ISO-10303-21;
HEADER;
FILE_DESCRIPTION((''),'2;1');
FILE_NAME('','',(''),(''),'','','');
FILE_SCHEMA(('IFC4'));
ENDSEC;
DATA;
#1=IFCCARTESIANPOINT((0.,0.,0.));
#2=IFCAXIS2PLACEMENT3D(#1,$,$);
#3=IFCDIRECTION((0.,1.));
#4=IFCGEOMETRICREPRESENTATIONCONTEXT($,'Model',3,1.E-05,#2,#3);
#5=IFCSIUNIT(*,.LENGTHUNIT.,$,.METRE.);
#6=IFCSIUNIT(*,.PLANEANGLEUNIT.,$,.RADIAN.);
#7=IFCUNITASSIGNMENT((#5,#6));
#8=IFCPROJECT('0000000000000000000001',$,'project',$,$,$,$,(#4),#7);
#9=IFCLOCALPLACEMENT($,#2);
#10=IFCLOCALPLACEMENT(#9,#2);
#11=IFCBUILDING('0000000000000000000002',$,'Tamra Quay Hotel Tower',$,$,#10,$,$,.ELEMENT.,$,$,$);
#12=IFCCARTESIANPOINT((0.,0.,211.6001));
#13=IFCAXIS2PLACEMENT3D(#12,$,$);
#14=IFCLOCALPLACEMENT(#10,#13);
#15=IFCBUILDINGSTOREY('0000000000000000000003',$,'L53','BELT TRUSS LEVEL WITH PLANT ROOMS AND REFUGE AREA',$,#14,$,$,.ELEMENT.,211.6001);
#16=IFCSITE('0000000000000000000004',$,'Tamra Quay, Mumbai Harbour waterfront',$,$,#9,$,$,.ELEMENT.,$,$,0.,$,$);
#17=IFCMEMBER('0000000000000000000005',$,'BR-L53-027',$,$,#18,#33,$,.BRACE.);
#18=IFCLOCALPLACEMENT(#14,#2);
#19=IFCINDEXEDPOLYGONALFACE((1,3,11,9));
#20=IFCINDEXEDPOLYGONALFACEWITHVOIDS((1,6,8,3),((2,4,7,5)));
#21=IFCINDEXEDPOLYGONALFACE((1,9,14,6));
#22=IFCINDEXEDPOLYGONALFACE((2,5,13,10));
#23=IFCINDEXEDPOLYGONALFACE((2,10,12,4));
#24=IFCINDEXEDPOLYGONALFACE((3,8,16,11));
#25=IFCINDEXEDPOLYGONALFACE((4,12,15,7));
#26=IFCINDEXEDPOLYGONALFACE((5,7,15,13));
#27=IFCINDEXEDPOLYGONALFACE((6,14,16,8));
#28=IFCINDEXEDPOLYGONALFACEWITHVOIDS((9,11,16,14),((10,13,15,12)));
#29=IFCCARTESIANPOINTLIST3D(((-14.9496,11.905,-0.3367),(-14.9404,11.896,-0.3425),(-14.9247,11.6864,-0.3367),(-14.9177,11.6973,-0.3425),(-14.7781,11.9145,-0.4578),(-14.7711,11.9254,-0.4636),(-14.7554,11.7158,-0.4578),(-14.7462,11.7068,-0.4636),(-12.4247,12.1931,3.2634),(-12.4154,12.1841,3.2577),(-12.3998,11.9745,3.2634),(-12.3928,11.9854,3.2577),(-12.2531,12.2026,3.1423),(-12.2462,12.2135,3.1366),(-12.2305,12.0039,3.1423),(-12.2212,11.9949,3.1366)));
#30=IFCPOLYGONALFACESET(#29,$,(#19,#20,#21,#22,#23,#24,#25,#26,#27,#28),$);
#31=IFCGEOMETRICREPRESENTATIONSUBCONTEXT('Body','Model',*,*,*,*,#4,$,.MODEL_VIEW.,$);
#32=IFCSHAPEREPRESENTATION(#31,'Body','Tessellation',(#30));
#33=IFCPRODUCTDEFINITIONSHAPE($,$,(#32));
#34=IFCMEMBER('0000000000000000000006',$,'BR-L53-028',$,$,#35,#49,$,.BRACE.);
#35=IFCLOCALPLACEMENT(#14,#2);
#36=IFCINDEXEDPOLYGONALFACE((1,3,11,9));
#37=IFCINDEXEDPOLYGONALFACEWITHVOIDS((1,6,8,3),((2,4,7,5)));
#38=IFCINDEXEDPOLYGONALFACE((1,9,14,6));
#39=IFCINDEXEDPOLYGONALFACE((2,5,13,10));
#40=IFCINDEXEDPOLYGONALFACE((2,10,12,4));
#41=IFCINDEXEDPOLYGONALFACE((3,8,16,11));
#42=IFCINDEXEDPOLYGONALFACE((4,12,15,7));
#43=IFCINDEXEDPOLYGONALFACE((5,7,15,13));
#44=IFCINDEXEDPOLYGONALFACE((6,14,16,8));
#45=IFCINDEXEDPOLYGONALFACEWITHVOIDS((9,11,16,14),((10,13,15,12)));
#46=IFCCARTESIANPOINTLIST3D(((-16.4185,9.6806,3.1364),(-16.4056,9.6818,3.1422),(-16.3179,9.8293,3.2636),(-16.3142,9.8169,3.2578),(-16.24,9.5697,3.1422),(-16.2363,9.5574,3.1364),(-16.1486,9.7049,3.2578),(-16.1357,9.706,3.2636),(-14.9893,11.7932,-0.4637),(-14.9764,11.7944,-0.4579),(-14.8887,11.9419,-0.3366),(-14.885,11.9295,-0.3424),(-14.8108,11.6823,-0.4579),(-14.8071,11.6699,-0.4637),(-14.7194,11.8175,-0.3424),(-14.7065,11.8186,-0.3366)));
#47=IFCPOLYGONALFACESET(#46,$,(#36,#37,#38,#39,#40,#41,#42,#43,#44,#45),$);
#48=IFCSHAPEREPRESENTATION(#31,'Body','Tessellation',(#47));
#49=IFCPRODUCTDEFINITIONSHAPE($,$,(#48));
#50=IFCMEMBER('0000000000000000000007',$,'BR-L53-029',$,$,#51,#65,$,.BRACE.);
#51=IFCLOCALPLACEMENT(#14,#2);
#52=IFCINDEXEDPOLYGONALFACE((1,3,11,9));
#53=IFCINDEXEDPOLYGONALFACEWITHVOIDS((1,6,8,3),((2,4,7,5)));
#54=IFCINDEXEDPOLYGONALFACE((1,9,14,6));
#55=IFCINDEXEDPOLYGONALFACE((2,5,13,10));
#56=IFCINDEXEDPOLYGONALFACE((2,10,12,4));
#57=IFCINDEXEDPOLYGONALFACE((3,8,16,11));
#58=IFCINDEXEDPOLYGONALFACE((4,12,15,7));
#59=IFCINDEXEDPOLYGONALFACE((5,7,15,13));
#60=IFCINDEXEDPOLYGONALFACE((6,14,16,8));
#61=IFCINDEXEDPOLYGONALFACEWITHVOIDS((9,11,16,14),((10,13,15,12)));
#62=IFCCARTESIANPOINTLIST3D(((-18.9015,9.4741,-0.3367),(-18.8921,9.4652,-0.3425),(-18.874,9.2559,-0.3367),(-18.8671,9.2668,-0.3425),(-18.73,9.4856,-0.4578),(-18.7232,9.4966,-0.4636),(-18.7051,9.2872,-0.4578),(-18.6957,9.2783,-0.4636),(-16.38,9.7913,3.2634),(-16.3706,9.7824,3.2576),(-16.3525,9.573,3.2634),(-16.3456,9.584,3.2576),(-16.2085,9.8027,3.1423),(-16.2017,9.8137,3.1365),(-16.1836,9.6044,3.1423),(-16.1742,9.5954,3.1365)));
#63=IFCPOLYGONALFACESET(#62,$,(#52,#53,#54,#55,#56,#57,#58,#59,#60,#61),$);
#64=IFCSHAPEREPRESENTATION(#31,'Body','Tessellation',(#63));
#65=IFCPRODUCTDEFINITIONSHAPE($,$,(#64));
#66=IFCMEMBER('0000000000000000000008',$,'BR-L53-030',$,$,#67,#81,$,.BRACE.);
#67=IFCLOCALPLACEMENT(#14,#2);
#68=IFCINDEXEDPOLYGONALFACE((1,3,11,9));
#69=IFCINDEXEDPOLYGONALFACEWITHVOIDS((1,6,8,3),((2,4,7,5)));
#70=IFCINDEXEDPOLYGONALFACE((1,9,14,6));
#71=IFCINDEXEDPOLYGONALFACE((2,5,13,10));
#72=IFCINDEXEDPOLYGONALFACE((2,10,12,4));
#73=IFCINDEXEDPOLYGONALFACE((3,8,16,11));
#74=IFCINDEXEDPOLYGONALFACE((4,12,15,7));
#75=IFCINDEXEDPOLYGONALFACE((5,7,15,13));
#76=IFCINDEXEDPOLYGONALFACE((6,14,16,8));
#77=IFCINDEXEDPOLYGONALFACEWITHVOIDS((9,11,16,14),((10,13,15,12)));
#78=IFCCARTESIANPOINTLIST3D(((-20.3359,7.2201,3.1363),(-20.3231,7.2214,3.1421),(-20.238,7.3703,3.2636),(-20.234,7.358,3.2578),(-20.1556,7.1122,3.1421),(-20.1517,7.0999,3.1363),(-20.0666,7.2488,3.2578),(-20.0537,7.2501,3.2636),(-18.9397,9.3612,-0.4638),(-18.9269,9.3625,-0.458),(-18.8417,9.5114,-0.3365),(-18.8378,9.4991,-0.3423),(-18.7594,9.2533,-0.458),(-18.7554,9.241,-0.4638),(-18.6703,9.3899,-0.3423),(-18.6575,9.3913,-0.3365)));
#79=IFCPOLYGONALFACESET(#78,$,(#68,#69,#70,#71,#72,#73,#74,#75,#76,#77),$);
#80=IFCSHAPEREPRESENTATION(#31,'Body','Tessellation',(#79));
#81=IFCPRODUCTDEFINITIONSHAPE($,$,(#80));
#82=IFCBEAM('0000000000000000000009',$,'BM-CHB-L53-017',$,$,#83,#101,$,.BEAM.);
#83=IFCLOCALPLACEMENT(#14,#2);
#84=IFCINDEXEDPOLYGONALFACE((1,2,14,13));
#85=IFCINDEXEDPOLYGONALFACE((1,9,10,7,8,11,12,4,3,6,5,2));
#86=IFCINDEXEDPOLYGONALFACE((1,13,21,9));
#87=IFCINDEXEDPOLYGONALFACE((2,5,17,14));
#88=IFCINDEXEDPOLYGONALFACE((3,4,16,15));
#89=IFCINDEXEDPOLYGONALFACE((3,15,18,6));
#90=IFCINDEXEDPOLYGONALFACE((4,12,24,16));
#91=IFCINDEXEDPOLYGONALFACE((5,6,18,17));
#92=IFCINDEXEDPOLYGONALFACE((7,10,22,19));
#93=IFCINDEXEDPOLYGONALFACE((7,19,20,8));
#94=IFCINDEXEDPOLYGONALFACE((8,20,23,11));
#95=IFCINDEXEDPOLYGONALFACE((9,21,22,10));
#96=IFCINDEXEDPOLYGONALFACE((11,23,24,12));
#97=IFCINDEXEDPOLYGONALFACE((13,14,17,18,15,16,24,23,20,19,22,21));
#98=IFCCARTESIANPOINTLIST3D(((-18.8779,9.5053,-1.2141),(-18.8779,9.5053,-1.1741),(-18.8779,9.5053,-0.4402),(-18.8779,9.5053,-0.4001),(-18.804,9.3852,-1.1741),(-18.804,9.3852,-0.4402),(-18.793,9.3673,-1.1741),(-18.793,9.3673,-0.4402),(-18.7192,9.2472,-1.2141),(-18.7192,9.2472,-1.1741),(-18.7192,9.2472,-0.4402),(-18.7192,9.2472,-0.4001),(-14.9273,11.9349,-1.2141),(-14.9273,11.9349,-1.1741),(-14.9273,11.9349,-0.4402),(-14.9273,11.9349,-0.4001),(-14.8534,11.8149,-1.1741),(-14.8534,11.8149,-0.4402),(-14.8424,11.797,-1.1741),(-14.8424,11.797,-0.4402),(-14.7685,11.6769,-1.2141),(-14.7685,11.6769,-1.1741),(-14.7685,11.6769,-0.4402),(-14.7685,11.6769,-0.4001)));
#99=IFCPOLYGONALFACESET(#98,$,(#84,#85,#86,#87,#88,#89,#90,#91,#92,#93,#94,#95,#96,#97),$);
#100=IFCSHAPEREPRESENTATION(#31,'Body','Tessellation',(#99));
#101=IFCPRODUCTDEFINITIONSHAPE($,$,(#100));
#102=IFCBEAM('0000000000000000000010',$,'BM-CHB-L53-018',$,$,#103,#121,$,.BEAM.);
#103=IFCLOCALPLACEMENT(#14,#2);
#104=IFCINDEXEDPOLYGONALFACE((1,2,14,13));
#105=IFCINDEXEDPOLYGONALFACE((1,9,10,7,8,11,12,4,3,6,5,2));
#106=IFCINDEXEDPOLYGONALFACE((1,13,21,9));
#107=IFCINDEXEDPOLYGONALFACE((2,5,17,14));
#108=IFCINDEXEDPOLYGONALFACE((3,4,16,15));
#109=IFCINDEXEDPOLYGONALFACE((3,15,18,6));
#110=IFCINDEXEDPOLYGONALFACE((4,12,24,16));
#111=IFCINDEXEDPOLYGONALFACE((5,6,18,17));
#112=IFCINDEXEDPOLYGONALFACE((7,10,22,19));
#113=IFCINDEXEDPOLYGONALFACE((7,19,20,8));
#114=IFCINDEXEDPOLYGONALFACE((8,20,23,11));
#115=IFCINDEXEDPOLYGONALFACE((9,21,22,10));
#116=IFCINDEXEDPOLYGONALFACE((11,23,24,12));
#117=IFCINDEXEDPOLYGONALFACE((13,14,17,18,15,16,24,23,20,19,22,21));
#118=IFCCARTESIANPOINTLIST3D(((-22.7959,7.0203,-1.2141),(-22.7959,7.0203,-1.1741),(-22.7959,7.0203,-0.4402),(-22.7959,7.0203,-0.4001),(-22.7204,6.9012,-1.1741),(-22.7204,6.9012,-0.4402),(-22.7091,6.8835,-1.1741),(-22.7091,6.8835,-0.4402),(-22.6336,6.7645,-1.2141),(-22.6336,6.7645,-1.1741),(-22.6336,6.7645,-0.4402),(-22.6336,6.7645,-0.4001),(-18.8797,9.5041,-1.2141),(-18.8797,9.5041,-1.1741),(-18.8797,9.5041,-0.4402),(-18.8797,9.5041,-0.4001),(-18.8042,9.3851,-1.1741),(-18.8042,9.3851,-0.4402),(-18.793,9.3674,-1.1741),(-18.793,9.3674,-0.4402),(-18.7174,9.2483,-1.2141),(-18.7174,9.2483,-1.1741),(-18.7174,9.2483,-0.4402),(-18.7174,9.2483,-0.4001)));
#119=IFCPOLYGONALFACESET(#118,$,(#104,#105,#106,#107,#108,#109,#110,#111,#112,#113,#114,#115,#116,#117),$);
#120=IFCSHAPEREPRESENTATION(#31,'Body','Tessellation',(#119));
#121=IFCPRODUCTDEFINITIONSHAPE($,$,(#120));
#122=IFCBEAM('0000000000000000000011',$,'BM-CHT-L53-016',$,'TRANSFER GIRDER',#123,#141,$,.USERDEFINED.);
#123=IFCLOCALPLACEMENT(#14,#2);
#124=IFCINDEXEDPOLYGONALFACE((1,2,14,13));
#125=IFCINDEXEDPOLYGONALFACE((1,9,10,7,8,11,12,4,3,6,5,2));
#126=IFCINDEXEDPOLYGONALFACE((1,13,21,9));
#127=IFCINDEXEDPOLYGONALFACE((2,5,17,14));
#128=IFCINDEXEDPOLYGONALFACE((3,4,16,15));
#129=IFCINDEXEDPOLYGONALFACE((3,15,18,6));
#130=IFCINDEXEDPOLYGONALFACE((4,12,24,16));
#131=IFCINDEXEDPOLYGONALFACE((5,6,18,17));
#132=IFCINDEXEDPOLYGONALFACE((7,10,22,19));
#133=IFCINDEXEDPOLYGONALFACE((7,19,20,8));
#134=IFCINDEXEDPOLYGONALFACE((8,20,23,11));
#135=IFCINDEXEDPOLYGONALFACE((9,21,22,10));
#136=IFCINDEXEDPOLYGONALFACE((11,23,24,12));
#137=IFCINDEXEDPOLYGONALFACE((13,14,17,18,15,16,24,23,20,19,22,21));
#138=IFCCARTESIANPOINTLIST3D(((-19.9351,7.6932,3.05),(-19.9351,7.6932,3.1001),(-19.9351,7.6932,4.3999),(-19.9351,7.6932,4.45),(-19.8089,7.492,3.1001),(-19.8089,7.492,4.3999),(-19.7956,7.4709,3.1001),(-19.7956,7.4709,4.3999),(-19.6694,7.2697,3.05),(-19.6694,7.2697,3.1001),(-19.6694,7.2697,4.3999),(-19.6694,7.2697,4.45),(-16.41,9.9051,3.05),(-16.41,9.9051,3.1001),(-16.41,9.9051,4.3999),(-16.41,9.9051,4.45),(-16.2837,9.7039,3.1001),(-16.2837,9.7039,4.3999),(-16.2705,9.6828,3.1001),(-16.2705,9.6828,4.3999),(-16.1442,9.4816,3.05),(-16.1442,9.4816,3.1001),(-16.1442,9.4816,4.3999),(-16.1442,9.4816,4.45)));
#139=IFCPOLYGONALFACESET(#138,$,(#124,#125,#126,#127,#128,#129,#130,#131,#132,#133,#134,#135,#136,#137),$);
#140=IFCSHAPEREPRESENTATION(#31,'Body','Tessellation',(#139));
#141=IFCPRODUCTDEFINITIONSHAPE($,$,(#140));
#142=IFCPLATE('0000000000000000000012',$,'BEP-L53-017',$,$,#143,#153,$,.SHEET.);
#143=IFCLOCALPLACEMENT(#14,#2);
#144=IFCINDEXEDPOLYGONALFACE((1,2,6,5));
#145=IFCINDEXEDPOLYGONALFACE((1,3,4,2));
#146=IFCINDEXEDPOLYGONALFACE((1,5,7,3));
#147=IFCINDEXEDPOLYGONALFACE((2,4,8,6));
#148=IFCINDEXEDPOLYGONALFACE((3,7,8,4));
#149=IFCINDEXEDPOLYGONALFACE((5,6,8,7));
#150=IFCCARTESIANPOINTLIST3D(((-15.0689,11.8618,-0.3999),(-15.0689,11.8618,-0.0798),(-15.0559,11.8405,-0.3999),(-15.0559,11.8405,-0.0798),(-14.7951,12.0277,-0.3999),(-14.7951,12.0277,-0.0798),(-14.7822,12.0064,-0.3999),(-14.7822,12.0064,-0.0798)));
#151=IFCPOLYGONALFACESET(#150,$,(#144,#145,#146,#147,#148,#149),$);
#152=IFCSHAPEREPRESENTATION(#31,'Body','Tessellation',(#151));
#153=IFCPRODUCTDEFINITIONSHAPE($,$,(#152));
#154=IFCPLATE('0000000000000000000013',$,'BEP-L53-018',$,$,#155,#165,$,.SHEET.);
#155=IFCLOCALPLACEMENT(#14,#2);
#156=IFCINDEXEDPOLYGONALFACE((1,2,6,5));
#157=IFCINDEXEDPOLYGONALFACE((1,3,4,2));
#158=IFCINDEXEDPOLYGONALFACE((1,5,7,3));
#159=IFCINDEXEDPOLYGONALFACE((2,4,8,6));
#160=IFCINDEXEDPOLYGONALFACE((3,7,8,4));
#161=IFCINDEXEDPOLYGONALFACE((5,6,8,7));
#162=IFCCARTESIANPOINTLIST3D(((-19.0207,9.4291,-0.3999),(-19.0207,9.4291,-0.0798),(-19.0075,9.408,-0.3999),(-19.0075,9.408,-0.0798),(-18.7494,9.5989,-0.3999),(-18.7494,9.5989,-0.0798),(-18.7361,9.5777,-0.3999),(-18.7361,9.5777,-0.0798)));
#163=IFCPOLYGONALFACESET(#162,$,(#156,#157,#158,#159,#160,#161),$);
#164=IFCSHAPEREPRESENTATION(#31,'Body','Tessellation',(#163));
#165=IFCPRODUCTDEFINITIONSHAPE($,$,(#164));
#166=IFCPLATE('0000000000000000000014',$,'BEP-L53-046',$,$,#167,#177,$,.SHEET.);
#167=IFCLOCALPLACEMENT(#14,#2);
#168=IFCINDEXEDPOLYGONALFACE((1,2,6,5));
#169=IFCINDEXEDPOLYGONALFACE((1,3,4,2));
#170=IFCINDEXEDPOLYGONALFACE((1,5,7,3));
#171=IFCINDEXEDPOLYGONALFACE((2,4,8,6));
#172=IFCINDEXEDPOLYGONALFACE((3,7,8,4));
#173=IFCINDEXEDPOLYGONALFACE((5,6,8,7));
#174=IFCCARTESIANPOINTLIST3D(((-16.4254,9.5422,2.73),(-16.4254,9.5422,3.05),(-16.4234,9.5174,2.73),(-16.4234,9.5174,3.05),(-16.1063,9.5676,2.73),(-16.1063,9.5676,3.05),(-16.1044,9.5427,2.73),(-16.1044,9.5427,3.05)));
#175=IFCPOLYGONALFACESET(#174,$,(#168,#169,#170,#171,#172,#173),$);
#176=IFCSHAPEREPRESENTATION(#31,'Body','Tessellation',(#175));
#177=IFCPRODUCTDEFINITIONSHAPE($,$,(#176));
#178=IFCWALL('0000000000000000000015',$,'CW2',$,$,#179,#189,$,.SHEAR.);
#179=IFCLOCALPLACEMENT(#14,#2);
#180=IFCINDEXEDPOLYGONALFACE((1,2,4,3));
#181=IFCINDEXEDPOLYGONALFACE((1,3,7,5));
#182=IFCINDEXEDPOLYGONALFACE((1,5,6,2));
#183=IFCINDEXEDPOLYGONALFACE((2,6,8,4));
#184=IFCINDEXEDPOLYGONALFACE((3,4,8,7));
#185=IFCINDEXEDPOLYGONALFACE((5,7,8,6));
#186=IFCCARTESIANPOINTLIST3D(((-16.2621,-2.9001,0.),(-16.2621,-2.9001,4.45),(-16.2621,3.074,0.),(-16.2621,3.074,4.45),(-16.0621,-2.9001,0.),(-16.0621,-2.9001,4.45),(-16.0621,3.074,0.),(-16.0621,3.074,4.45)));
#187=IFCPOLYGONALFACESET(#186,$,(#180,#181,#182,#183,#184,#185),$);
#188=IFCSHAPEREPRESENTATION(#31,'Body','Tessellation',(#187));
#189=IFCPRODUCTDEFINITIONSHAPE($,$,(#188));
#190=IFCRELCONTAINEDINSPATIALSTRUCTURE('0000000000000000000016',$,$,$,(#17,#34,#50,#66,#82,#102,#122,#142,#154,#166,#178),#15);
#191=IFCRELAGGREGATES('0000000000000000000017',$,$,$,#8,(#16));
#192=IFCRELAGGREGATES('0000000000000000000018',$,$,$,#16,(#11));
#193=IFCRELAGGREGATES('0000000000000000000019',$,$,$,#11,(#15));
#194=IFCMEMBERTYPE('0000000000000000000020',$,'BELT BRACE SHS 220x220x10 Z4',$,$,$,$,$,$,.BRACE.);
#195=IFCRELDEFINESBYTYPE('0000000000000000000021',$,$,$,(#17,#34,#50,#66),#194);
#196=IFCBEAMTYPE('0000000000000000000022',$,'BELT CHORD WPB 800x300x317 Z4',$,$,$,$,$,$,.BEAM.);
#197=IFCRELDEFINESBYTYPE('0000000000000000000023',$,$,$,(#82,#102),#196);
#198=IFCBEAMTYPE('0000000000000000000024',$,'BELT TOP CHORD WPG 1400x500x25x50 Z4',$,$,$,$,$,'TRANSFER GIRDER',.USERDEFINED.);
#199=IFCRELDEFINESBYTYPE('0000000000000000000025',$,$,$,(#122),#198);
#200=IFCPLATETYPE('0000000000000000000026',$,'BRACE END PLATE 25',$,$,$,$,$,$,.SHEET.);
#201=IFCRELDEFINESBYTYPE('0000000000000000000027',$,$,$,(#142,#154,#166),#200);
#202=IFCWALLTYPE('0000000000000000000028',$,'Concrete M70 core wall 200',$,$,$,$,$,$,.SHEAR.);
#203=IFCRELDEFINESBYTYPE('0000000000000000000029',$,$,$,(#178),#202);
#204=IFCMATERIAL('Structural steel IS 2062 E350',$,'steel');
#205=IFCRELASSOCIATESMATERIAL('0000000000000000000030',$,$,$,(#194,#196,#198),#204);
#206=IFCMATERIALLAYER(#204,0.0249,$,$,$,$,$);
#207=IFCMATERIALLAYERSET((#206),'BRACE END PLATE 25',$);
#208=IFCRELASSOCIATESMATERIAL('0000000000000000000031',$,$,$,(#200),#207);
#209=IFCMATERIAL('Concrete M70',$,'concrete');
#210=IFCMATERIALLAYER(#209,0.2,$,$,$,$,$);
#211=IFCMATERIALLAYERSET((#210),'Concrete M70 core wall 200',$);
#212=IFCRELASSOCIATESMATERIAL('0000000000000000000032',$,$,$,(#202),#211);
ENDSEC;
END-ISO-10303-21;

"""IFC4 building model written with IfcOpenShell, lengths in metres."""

from ifc_helpers import new_model, si_unit, direction, frame, frame_2d, origin, origin_2d, place, context, subcontext, project, spatial, rectangle, hollow_rectangle, i_section, extrude, material, layer, layer_set, material_profile, profile_set, type_object, element, save


model = new_model("IFC4")

# Units and contexts
model_context = context("Model", 3, precision=1e-05, world=origin(), true_north=direction((0.0, 1.0)))
body_context = subcontext(model_context, "Body", "Model", "MODEL_VIEW")
ifc_project = project(units=[si_unit("LENGTHUNIT", "METRE"), si_unit("PLANEANGLEUNIT", "RADIAN")], contexts=[model_context])

# Site, building, storey
site_placement = place(None, origin())
site = spatial("IfcSite", under=ifc_project, at=site_placement, Name="Tamra Quay, Mumbai Harbour waterfront", CompositionType="ELEMENT", RefElevation=0.0)
building_placement = place(site_placement, origin())
building = spatial("IfcBuilding", under=site, at=building_placement, Name="Tamra Quay Hotel Tower", CompositionType="ELEMENT")
storey_placement = place(building_placement, frame((0.0, 0.0, 211.6001)))
storey = spatial("IfcBuildingStorey", under=building, at=storey_placement, Name="L53", Description="BELT TRUSS LEVEL WITH PLANT ROOMS AND REFUGE AREA", CompositionType="ELEMENT", Elevation=211.6001)

# Members
ifc_material_1 = material(Name="Structural steel IS 2062 E350", Category="steel")
ifc_material_profile_1 = material_profile(ifc_material_1, hollow_rectangle(XDim=0.22, YDim=0.22, WallThickness=0.01, at=origin_2d()), Name="SHS 220x220x10")
ifc_profile_set_1 = profile_set([ifc_material_profile_1], Name="Structural steel IS 2062 E350")
member_type = type_object("IfcMemberType", Name="BELT BRACE SHS 220x220x10 Z4", PredefinedType="BRACE", material=ifc_profile_set_1)
member_1_placement = place(storey_placement, frame((-14.8479, 11.8059, -0.4001), z_axis=(0.572972, 0.065375, 0.816964), x_axis=(-0.113362, 0.993554, 0.0)))
element("IfcMember", 1, at=member_1_placement, inside=storey, type_object=member_type, Name="BR-L53-027", PredefinedType="BRACE", context=body_context, shape_type="SweptSolid", body=[
    extrude(hollow_rectangle(XDim=0.22, YDim=0.22, WallThickness=0.01, at=origin_2d()), origin(), (0.0, 0.0, 1.0), 4.4067),
])
member_2_placement = place(storey_placement, frame((-14.8479, 11.8059, -0.4001), z_axis=(-0.323931, -0.478814, 0.81597), x_axis=(0.828261, -0.560342, 0.0)))
element("IfcMember", 2, at=member_2_placement, inside=storey, type_object=member_type, Name="BR-L53-028", PredefinedType="BRACE", context=body_context, shape_type="SweptSolid", body=[
    extrude(hollow_rectangle(XDim=0.22, YDim=0.22, WallThickness=0.01, at=origin_2d()), origin(), (0.0, 0.0, 1.0), 4.4121),
])
member_3_placement = place(storey_placement, frame((-18.7986, 9.3762, -0.4001), z_axis=(0.572191, 0.071967, 0.816957), x_axis=(-0.124791, 0.992183, 0.0)))
element("IfcMember", 3, at=member_3_placement, inside=storey, type_object=member_type, Name="BR-L53-029", PredefinedType="BRACE", context=body_context, shape_type="SweptSolid", body=[
    extrude(hollow_rectangle(XDim=0.22, YDim=0.22, WallThickness=0.01, at=origin_2d()), origin(), (0.0, 0.0, 1.0), 4.4067),
])
member_4_placement = place(storey_placement, frame((-18.7986, 9.3762, -0.4001), z_axis=(-0.31623, -0.484934, 0.815375), x_axis=(0.837635, -0.54623, 0.0)))
element("IfcMember", 4, at=member_4_placement, inside=storey, type_object=member_type, Name="BR-L53-030", PredefinedType="BRACE", context=body_context, shape_type="SweptSolid", body=[
    extrude(hollow_rectangle(XDim=0.22, YDim=0.22, WallThickness=0.01, at=origin_2d()), origin(), (0.0, 0.0, 1.0), 4.4153),
])

# Beams
ifc_material_profile_2 = material_profile(ifc_material_1, i_section(OverallWidth=0.303, OverallDepth=0.814, WebThickness=0.021, FlangeThickness=0.04, at=origin_2d()), Name="WPB 800x300x317")
ifc_profile_set_2 = profile_set([ifc_material_profile_2], Name="Structural steel IS 2062 E350")
beam_type_1 = type_object("IfcBeamType", Name="BELT CHORD WPB 800x300x317 Z4", PredefinedType="BEAM", material=ifc_profile_set_2)
beam_1_placement = place(storey_placement, frame((-14.8479, 11.8059, -0.8071), z_axis=(-0.851803, -0.523862, 0.0), x_axis=(0.523862, -0.851803, 0.0)))
element("IfcBeam", 5, at=beam_1_placement, inside=storey, type_object=beam_type_1, Name="BM-CHB-L53-017", PredefinedType="BEAM", context=body_context, shape_type="SweptSolid", body=[
    extrude(i_section(OverallWidth=0.303, OverallDepth=0.814, WebThickness=0.021, FlangeThickness=0.04, at=origin_2d()), origin(), (0.0, 0.0, 1.0), 4.6379),
])
beam_2_placement = place(storey_placement, frame((-18.7986, 9.3762, -0.8071), z_axis=(-0.844469, -0.535604, 0.0), x_axis=(0.535604, -0.844469, 0.0)))
element("IfcBeam", 6, at=beam_2_placement, inside=storey, type_object=beam_type_1, Name="BM-CHB-L53-018", PredefinedType="BEAM", context=body_context, shape_type="SweptSolid", body=[
    extrude(i_section(OverallWidth=0.303, OverallDepth=0.814, WebThickness=0.021, FlangeThickness=0.04, at=origin_2d()), origin(), (0.0, 0.0, 1.0), 4.6375),
])
ifc_material_profile_3 = material_profile(ifc_material_1, i_section(OverallWidth=0.5, OverallDepth=1.3999, WebThickness=0.0249, FlangeThickness=0.05, at=origin_2d()), Name="WPG 1400x500x25x50")
ifc_profile_set_3 = profile_set([ifc_material_profile_3], Name="Structural steel IS 2062 E350")
beam_type_2 = type_object("IfcBeamType", Name="BELT TOP CHORD WPG 1400x500x25x50 Z4", ElementType="TRANSFER GIRDER", PredefinedType="USERDEFINED", material=ifc_profile_set_3)
beam_3_placement = place(storey_placement, frame((-16.2771, 9.6934, 3.75), z_axis=(-0.847058, -0.531501, 0.0), x_axis=(0.531501, -0.847058, 0.0)))
element("IfcBeam", 7, at=beam_3_placement, inside=storey, type_object=beam_type_2, Name="BM-CHT-L53-016", ObjectType="TRANSFER GIRDER", PredefinedType="USERDEFINED", context=body_context, shape_type="SweptSolid", body=[
    extrude(i_section(OverallWidth=0.5, OverallDepth=1.3999, WebThickness=0.0249, FlangeThickness=0.05, at=origin_2d()), origin(), (0.0, 0.0, 1.0), 4.1616),
])

# Plates
ifc_layer_1 = layer(ifc_material_1, 0.0249)
ifc_layer_set_1 = layer_set([ifc_layer_1], Name="BRACE END PLATE 25")
plate_type = type_object("IfcPlateType", Name="BRACE END PLATE 25", PredefinedType="SHEET", material=ifc_layer_set_1)
for number, where, z_axis, x_axis, name in (
    (8, (-14.9255, 11.9341, -0.3999), (0.0, 0.0, 1.0), (-0.518287, 0.855207, 0.0), "BEP-L53-017"),
    (9, (-18.8784, 9.5034, -0.3999), (0.0, 0.0, 1.0), (-0.530371, 0.847766, 0.0), "BEP-L53-018"),
    (10, (-16.2649, 9.5425, 2.73), (0.0, 0.0, 1.0), (-0.079223, 0.996857, 0.0), "BEP-L53-046"),
):
    element("IfcPlate", number, at=place(storey_placement, frame(where, z_axis=z_axis, x_axis=x_axis)), inside=storey, type_object=plate_type, Name=name, PredefinedType="SHEET", context=body_context, shape_type="SweptSolid", body=[
        extrude(rectangle(XDim=0.0249, YDim=0.3201, at=origin_2d()), origin(), (0.0, 0.0, 1.0), 0.3201),
    ])

# Wall
ifc_material_2 = material(Name="Concrete M70", Category="concrete")
ifc_layer_2 = layer(ifc_material_2, 0.2)
ifc_layer_set_2 = layer_set([ifc_layer_2], Name="Concrete M70 core wall 200")
wall_type_1 = type_object("IfcWallType", Name="Concrete M70 core wall 200", PredefinedType="SHEAR", material=ifc_layer_set_2)
wall_1_placement = place(storey_placement, frame((-16.1621, 3.074, 0.0), z_axis=(0.0, 0.0, 1.0), x_axis=(0.0, -1.0, 0.0)))
element("IfcWall", 11, at=wall_1_placement, inside=storey, type_object=wall_type_1, Name="CW2", PredefinedType="SHEAR", context=body_context, shape_type="SweptSolid", body=[
    extrude(rectangle(XDim=5.9741, YDim=0.2, at=frame_2d((2.9871, 0.0))), origin(), (0.0, 0.0, 1.0), 4.45),
])

save(model, "model.ifc")
